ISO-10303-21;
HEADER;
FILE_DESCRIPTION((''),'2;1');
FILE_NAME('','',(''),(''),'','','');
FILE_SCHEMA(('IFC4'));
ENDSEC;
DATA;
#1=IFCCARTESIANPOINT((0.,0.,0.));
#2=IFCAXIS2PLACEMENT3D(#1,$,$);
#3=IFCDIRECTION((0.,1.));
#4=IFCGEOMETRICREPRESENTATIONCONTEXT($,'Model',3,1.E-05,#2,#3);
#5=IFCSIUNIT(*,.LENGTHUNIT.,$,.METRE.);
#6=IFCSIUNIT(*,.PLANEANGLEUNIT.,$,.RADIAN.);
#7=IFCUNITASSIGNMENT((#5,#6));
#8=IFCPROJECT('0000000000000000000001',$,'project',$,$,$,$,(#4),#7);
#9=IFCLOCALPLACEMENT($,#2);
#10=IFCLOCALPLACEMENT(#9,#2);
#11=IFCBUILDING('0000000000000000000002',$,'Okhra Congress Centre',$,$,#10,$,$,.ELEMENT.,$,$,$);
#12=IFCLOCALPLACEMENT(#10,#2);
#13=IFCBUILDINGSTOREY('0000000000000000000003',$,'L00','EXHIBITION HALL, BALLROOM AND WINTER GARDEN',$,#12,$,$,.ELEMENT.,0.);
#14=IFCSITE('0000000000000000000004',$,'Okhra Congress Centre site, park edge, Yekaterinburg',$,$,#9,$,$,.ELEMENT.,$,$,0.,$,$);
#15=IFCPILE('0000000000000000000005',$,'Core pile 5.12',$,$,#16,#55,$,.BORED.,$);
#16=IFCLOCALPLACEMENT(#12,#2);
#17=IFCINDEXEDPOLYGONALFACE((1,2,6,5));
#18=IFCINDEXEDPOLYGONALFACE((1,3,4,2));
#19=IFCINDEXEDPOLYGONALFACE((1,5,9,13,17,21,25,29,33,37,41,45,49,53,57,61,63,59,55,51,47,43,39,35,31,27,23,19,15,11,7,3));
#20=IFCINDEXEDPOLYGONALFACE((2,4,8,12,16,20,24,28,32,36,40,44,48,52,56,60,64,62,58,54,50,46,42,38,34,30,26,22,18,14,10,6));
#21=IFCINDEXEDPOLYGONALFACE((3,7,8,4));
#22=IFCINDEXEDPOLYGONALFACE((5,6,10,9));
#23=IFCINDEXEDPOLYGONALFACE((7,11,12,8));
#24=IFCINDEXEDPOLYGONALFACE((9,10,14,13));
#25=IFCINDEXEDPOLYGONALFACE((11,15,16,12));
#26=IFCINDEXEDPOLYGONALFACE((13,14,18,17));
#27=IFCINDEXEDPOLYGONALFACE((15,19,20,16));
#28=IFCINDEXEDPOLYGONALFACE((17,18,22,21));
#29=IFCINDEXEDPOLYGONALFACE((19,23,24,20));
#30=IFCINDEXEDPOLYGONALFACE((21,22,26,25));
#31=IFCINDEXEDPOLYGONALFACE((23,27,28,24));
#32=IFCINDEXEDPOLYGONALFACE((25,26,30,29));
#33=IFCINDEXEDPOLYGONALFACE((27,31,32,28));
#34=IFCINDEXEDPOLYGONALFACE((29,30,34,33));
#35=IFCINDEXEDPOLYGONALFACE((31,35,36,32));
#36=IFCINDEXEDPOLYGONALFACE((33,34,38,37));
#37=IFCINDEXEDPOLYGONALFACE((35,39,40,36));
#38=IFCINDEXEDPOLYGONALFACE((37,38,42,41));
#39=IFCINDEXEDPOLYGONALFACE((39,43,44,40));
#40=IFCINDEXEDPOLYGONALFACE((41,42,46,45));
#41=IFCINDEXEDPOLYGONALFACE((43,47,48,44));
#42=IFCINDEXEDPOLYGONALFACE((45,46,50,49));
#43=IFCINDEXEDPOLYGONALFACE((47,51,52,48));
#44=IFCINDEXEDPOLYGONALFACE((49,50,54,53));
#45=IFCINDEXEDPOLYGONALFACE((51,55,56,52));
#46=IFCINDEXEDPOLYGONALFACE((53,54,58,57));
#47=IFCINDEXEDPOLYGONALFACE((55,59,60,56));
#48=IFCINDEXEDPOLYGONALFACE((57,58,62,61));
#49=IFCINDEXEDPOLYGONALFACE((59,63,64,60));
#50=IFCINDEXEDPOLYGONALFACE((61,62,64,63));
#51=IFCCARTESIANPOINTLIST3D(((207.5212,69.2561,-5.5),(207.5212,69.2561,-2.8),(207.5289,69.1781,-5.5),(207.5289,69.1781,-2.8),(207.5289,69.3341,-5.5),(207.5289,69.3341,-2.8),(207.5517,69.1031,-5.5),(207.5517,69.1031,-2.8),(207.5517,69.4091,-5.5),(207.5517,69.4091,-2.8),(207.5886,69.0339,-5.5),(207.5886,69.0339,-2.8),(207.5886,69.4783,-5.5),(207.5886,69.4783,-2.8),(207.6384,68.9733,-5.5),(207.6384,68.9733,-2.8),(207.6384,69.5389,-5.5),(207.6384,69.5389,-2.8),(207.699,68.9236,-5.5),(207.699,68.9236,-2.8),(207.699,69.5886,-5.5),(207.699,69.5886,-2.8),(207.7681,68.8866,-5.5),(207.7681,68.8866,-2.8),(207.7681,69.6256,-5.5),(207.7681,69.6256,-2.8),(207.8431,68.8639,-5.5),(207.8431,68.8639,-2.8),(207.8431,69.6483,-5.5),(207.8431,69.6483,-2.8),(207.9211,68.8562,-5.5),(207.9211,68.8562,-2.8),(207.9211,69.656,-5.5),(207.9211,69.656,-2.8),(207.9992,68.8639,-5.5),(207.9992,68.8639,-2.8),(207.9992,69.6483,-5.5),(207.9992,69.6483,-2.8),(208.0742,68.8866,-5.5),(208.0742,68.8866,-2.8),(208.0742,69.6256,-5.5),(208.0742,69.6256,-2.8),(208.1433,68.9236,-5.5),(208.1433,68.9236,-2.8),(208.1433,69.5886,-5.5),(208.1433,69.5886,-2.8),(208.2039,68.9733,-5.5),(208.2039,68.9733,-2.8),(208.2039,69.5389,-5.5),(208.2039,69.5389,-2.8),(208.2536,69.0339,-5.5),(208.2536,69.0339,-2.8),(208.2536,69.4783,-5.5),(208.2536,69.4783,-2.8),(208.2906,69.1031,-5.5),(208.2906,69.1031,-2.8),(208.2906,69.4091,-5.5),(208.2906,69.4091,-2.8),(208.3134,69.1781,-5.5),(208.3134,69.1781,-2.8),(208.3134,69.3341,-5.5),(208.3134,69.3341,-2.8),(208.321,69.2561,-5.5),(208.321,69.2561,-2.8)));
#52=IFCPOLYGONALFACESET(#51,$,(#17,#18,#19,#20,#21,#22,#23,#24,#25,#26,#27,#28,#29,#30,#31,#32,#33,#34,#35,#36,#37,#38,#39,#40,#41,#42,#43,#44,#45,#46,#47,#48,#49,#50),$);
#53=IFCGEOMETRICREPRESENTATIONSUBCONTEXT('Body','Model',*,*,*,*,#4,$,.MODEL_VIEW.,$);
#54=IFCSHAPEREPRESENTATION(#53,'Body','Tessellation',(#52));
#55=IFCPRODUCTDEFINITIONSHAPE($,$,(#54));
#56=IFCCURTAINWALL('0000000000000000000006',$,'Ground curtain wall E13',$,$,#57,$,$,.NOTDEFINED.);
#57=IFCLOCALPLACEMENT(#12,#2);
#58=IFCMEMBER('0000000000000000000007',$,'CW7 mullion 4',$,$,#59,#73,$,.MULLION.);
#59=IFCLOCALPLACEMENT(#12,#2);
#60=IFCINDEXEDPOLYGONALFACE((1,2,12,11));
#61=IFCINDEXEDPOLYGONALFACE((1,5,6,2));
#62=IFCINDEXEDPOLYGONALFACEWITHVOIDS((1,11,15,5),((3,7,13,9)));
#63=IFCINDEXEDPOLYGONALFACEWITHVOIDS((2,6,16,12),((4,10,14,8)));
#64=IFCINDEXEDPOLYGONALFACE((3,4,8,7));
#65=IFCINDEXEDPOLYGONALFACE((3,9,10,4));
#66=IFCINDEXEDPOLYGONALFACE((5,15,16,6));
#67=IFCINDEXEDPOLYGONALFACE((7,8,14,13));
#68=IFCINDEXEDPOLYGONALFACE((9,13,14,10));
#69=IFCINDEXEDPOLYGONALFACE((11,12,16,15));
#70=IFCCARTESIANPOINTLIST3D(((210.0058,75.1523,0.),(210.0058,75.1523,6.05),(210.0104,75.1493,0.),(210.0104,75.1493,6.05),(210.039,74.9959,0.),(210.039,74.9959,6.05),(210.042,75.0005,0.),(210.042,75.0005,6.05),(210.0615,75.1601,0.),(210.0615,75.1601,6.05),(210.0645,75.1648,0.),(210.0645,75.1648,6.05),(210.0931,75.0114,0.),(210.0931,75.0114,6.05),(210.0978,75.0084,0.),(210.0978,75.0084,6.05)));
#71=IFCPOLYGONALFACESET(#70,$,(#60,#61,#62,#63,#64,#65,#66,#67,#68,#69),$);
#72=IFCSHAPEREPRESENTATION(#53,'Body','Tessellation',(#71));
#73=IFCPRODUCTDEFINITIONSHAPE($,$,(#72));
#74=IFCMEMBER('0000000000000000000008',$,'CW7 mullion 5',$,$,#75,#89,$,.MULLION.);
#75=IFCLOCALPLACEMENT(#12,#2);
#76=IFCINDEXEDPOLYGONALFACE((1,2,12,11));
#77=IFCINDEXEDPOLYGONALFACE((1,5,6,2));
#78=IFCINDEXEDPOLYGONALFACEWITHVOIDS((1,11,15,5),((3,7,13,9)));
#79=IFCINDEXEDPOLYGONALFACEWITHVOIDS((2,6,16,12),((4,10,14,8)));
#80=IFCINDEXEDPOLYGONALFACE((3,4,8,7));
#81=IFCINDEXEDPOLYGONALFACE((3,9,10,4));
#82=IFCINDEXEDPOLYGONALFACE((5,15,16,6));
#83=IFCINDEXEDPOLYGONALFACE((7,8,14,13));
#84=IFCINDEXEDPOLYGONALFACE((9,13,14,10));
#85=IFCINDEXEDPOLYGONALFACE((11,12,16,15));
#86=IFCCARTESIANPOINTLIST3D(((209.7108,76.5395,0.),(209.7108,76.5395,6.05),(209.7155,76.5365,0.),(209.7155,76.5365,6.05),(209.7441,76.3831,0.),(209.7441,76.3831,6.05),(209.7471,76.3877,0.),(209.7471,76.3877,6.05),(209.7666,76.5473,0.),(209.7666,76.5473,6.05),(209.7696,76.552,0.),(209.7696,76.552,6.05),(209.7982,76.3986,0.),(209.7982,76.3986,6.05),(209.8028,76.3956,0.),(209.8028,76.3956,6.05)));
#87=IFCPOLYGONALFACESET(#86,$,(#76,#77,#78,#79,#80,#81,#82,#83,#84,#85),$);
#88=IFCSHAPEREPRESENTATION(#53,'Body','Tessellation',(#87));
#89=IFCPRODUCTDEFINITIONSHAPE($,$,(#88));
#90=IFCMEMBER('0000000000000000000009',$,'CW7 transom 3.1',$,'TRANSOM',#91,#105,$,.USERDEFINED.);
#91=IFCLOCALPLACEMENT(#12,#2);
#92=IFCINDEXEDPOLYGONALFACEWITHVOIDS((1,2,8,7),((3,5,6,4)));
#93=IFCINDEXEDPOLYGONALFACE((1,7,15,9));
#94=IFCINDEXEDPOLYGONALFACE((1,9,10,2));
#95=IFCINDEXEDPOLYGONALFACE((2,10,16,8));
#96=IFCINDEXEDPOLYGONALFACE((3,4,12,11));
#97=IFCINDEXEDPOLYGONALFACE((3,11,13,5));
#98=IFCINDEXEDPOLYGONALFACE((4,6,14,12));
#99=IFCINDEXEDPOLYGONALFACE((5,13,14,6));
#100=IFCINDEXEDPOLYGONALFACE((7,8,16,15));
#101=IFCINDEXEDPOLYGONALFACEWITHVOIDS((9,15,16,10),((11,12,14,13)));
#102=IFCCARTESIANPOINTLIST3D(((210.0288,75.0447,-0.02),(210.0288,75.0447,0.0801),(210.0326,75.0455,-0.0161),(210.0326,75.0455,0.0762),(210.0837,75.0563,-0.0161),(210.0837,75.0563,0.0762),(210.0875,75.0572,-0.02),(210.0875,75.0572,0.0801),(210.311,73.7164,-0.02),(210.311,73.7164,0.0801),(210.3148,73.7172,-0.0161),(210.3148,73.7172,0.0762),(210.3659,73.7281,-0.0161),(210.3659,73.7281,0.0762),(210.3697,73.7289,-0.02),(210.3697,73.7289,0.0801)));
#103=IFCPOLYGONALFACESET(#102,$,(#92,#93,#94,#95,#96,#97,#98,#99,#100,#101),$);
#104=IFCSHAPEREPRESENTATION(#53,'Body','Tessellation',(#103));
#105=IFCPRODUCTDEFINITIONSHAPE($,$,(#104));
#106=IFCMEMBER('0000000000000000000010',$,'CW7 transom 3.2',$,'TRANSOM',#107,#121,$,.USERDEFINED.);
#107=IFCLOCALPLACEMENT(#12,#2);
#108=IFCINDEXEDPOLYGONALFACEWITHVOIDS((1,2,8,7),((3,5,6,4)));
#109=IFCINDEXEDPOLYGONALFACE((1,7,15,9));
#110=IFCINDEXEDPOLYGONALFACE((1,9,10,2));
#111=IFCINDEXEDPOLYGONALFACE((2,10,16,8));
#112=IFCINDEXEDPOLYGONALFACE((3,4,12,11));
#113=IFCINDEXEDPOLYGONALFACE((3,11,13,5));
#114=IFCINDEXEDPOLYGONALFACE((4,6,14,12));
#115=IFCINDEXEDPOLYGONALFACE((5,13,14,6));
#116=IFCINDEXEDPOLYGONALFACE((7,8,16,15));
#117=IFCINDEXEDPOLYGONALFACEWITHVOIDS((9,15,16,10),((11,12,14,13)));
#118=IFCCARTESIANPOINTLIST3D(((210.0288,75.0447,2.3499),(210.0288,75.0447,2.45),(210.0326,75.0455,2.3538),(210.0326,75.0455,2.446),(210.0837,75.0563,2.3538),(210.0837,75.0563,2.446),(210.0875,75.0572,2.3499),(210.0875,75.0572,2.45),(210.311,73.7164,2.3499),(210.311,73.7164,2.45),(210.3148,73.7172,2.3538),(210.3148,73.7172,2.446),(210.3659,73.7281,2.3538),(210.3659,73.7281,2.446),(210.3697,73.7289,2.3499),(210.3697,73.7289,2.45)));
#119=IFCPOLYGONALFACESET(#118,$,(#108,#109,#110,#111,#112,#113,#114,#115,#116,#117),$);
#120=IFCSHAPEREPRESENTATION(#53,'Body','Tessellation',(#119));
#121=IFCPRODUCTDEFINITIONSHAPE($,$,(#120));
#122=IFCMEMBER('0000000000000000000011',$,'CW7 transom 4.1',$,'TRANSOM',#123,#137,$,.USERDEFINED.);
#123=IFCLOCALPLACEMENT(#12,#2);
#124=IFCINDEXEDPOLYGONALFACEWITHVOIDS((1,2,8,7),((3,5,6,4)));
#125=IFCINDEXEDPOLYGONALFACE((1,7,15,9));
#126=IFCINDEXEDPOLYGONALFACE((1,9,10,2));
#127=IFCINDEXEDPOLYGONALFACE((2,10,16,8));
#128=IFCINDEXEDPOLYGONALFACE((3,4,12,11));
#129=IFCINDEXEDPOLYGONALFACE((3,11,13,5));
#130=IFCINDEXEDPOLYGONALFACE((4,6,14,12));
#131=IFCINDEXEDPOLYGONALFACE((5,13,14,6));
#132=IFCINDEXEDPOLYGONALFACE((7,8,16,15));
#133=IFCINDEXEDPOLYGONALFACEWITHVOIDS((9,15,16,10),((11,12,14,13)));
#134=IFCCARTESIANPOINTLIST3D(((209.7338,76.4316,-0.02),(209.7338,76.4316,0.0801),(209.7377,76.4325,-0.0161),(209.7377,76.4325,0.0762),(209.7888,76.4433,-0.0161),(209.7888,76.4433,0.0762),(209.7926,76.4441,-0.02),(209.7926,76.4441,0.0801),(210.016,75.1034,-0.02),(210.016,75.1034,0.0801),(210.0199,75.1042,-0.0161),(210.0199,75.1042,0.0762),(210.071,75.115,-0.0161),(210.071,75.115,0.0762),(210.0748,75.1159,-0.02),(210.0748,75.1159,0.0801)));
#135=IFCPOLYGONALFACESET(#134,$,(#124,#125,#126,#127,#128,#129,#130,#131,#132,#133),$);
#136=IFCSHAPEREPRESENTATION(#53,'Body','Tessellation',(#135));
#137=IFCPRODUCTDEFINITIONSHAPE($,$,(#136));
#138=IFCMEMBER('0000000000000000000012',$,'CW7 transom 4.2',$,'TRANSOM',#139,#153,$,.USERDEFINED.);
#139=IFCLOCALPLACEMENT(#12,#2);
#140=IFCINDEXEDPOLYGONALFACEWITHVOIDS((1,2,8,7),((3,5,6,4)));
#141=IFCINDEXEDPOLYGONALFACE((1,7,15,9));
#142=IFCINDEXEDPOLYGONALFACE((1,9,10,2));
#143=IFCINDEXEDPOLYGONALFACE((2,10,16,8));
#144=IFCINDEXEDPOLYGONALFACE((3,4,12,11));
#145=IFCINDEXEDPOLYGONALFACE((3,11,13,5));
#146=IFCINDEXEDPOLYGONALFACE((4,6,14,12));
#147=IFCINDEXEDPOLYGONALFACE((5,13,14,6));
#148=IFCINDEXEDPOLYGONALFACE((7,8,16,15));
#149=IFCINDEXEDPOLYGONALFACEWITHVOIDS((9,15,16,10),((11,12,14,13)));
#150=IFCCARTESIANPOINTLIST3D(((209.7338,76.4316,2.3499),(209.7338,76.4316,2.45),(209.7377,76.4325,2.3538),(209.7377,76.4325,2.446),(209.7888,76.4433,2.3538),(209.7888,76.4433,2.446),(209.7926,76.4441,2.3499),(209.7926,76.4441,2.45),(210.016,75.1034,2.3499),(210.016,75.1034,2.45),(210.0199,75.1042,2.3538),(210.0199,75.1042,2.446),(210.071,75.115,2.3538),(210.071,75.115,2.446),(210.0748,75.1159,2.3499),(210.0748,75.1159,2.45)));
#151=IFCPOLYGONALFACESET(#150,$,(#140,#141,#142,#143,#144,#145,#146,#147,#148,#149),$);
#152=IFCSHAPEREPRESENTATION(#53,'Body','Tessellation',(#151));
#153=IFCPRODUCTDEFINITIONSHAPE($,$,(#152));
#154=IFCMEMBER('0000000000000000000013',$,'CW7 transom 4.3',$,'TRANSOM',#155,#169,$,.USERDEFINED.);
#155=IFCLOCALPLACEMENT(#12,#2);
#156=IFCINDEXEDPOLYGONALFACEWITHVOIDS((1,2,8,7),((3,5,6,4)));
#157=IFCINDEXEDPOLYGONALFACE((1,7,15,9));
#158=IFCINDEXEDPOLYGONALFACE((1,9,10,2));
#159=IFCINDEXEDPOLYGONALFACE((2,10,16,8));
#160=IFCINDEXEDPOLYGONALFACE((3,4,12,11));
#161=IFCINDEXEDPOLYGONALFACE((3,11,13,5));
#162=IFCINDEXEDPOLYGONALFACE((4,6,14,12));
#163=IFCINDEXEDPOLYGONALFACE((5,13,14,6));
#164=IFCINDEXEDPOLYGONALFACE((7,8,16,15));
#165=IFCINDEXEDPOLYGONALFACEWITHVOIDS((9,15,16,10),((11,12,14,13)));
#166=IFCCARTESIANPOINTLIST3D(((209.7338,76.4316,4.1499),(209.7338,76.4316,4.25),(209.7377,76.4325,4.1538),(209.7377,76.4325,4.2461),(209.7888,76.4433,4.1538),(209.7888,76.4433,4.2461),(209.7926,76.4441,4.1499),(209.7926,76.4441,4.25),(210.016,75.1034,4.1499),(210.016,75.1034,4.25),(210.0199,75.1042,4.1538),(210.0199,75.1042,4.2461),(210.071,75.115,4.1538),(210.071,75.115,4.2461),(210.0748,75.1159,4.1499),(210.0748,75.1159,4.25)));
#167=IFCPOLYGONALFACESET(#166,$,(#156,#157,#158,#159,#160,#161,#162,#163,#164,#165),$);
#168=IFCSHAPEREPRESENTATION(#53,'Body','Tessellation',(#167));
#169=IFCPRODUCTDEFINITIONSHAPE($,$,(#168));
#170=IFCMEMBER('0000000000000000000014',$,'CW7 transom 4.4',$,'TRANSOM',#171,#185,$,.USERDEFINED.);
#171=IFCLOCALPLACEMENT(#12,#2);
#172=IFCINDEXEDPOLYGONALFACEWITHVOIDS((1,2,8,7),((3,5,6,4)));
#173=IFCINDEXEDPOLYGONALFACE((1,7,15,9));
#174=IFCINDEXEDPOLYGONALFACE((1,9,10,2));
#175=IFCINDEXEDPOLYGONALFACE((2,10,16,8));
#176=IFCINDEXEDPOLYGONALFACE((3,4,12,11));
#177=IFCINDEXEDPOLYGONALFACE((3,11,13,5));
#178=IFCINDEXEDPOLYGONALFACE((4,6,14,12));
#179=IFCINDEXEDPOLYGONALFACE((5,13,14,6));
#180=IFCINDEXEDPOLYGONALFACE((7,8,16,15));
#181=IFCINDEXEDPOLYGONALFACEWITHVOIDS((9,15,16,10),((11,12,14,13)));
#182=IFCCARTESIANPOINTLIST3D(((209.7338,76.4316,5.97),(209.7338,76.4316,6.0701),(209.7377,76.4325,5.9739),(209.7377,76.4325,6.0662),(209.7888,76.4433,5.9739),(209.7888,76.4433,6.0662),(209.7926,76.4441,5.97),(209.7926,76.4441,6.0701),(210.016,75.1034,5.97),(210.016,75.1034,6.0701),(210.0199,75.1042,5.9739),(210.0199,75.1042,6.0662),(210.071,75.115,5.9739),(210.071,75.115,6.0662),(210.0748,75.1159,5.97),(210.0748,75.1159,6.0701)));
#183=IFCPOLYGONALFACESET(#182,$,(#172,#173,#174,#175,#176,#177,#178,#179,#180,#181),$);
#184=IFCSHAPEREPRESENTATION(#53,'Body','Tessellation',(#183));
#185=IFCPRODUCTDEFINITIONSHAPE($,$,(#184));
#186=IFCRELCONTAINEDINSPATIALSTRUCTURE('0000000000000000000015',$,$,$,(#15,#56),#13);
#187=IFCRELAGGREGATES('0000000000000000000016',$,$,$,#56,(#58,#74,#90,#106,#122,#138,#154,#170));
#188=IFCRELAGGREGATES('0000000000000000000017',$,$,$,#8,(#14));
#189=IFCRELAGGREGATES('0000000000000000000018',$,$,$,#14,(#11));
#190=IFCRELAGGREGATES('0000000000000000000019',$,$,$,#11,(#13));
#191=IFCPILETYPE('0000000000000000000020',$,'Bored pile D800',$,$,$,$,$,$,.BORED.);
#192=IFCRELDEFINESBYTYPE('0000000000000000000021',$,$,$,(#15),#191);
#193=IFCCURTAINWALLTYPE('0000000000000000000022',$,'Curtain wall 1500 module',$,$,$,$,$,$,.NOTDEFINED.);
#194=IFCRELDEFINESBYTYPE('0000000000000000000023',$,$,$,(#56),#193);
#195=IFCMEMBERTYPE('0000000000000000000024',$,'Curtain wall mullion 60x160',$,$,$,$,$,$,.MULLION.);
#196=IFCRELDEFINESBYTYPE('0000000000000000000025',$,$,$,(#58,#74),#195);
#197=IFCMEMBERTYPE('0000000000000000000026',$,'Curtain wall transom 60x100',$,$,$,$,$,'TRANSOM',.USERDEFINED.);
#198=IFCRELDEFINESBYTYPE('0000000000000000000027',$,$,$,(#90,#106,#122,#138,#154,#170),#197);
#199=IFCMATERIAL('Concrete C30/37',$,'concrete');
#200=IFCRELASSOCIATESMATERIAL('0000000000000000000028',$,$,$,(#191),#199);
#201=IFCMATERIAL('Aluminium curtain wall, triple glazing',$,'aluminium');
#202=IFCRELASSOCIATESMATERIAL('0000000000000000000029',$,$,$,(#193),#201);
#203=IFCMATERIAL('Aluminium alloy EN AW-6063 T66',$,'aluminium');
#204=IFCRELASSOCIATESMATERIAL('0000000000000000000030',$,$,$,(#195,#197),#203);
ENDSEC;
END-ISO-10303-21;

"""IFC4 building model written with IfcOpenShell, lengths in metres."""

from ifc_helpers import new_model, si_unit, direction, frame, origin, origin_2d, place, context, subcontext, project, spatial, hollow_rectangle, circle, extrude, material, material_profile, profile_set, type_object, element, aggregate, save


model = new_model("IFC4")

# Units and contexts
model_context = context("Model", 3, precision=1e-05, world=origin(), true_north=direction((0.0, 1.0)))
body_context = subcontext(model_context, "Body", "Model", "MODEL_VIEW")
ifc_project = project(units=[si_unit("LENGTHUNIT", "METRE"), si_unit("PLANEANGLEUNIT", "RADIAN")], contexts=[model_context])

# Site, building, storey
site_placement = place(None, origin())
site = spatial("IfcSite", under=ifc_project, at=site_placement, Name="Okhra Congress Centre site, park edge, Yekaterinburg", CompositionType="ELEMENT", RefElevation=0.0)
building_placement = place(site_placement, origin())
building = spatial("IfcBuilding", under=site, at=building_placement, Name="Okhra Congress Centre", CompositionType="ELEMENT")
storey_placement = place(building_placement, origin())
storey = spatial("IfcBuildingStorey", under=building, at=storey_placement, Name="L00", Description="EXHIBITION HALL, BALLROOM AND WINTER GARDEN", CompositionType="ELEMENT", Elevation=0.0)

# Pile
ifc_material_1 = material(Name="Concrete C30/37", Category="concrete")
ifc_material_profile_1 = material_profile(ifc_material_1, circle(Radius=0.3999, at=origin_2d()), Name="D800")
ifc_profile_set_1 = profile_set([ifc_material_profile_1], Name="Concrete C30/37")
pile_type = type_object("IfcPileType", Name="Bored pile D800", PredefinedType="BORED", material=ifc_profile_set_1)
pile_placement = place(storey_placement, frame((207.9211, 69.2561, -2.8), z_axis=(0.0, 0.0, -1.0), x_axis=(1.0, 0.0, 0.0)))
element("IfcPile", 1, at=pile_placement, inside=storey, type_object=pile_type, Name="Core pile 5.12", PredefinedType="BORED", context=body_context, shape_type="SweptSolid", body=[
    extrude(circle(Radius=0.3999, at=origin_2d()), origin(), (0.0, 0.0, 1.0), 2.7),
])

# Curtain wall, members
ifc_material_2 = material(Name="Aluminium curtain wall, triple glazing", Category="aluminium")
curtain_wall_type = type_object("IfcCurtainWallType", Name="Curtain wall 1500 module", PredefinedType="NOTDEFINED", material=ifc_material_2)
curtain_wall_placement = place(storey_placement, origin())
curtain_wall = element("IfcCurtainWall", 2, at=curtain_wall_placement, inside=storey, type_object=curtain_wall_type, Name="Ground curtain wall E13", PredefinedType="NOTDEFINED")
ifc_material_3 = material(Name="Aluminium alloy EN AW-6063 T66", Category="aluminium")
ifc_material_profile_2 = material_profile(ifc_material_3, hollow_rectangle(XDim=0.0601, YDim=0.1599, WallThickness=0.0039, at=origin_2d()), Name="RHS 60x160x4")
ifc_profile_set_2 = profile_set([ifc_material_profile_2], Name="Aluminium alloy EN AW-6063 T66")
member_type_1 = type_object("IfcMemberType", Name="Curtain wall mullion 60x160", PredefinedType="MULLION", material=ifc_profile_set_2)
member_1_placement = place(storey_placement, frame((210.0518, 75.0803, 0.0), z_axis=(0.0, 0.0, 1.0), x_axis=(-0.978148, -0.207912, 0.0)))
member_1 = element("IfcMember", 3, at=member_1_placement, type_object=member_type_1, Name="CW7 mullion 4", PredefinedType="MULLION", context=body_context, shape_type="SweptSolid", body=[
    extrude(hollow_rectangle(XDim=0.0601, YDim=0.1599, WallThickness=0.0039, at=origin_2d()), origin(), (0.0, 0.0, 1.0), 6.05),
])
member_2_placement = place(storey_placement, frame((209.7568, 76.4675, 0.0), z_axis=(0.0, 0.0, 1.0), x_axis=(-0.978148, -0.207912, 0.0)))
member_2 = element("IfcMember", 4, at=member_2_placement, type_object=member_type_1, Name="CW7 mullion 5", PredefinedType="MULLION", context=body_context, shape_type="SweptSolid", body=[
    extrude(hollow_rectangle(XDim=0.0601, YDim=0.1599, WallThickness=0.0039, at=origin_2d()), origin(), (0.0, 0.0, 1.0), 6.05),
])
ifc_material_profile_3 = material_profile(ifc_material_3, hollow_rectangle(XDim=0.0601, YDim=0.1001, WallThickness=0.0039, at=origin_2d()), Name="RHS 60x100x4")
ifc_profile_set_3 = profile_set([ifc_material_profile_3], Name="Aluminium alloy EN AW-6063 T66")
member_type_2 = type_object("IfcMemberType", Name="Curtain wall transom 60x100", ElementType="TRANSOM", PredefinedType="USERDEFINED", material=ifc_profile_set_3)
member_3_placement = place(storey_placement, frame((210.3403, 73.7227, 0.03), z_axis=(-0.207822, 0.978167, 0.0), x_axis=(-0.978167, -0.207822, 0.0)))
member_3 = element("IfcMember", 5, at=member_3_placement, type_object=member_type_2, Name="CW7 transom 3.1", ObjectType="TRANSOM", PredefinedType="USERDEFINED", context=body_context, shape_type="SweptSolid", body=[
    extrude(hollow_rectangle(XDim=0.0601, YDim=0.1001, WallThickness=0.0039, at=origin_2d()), origin(), (0.0, 0.0, 1.0), 1.3579),
])
member_4_placement = place(storey_placement, frame((210.3403, 73.7227, 2.3999), z_axis=(-0.207822, 0.978167, 0.0), x_axis=(-0.978167, -0.207822, 0.0)))
member_4 = element("IfcMember", 6, at=member_4_placement, type_object=member_type_2, Name="CW7 transom 3.2", ObjectType="TRANSOM", PredefinedType="USERDEFINED", context=body_context, shape_type="SweptSolid", body=[
    extrude(hollow_rectangle(XDim=0.0601, YDim=0.1001, WallThickness=0.0039, at=origin_2d()), origin(), (0.0, 0.0, 1.0), 1.3579),
])
member_5_placement = place(storey_placement, frame((210.0454, 75.1096, 0.03), z_axis=(-0.207822, 0.978167, 0.0), x_axis=(-0.978167, -0.207822, 0.0)))
member_5 = element("IfcMember", 7, at=member_5_placement, type_object=member_type_2, Name="CW7 transom 4.1", ObjectType="TRANSOM", PredefinedType="USERDEFINED", context=body_context, shape_type="SweptSolid", body=[
    extrude(hollow_rectangle(XDim=0.0601, YDim=0.1001, WallThickness=0.0039, at=origin_2d()), origin(), (0.0, 0.0, 1.0), 1.3579),
])
member_6_placement = place(storey_placement, frame((210.0454, 75.1096, 2.3999), z_axis=(-0.207822, 0.978167, 0.0), x_axis=(-0.978167, -0.207822, 0.0)))
member_6 = element("IfcMember", 8, at=member_6_placement, type_object=member_type_2, Name="CW7 transom 4.2", ObjectType="TRANSOM", PredefinedType="USERDEFINED", context=body_context, shape_type="SweptSolid", body=[
    extrude(hollow_rectangle(XDim=0.0601, YDim=0.1001, WallThickness=0.0039, at=origin_2d()), origin(), (0.0, 0.0, 1.0), 1.3579),
])
member_7_placement = place(storey_placement, frame((210.0454, 75.1096, 4.2), z_axis=(-0.207822, 0.978167, 0.0), x_axis=(-0.978167, -0.207822, 0.0)))
member_7 = element("IfcMember", 9, at=member_7_placement, type_object=member_type_2, Name="CW7 transom 4.3", ObjectType="TRANSOM", PredefinedType="USERDEFINED", context=body_context, shape_type="SweptSolid", body=[
    extrude(hollow_rectangle(XDim=0.0601, YDim=0.1001, WallThickness=0.0039, at=origin_2d()), origin(), (0.0, 0.0, 1.0), 1.3579),
])
member_8_placement = place(storey_placement, frame((210.0454, 75.1096, 6.02), z_axis=(-0.207822, 0.978167, 0.0), x_axis=(-0.978167, -0.207822, 0.0)))
member_8 = element("IfcMember", 10, at=member_8_placement, type_object=member_type_2, Name="CW7 transom 4.4", ObjectType="TRANSOM", PredefinedType="USERDEFINED", context=body_context, shape_type="SweptSolid", body=[
    extrude(hollow_rectangle(XDim=0.0601, YDim=0.1001, WallThickness=0.0039, at=origin_2d()), origin(), (0.0, 0.0, 1.0), 1.3579),
])

aggregate(curtain_wall, [member_1, member_2, member_3, member_4, member_5, member_6, member_7, member_8])

save(model, "model.ifc")
